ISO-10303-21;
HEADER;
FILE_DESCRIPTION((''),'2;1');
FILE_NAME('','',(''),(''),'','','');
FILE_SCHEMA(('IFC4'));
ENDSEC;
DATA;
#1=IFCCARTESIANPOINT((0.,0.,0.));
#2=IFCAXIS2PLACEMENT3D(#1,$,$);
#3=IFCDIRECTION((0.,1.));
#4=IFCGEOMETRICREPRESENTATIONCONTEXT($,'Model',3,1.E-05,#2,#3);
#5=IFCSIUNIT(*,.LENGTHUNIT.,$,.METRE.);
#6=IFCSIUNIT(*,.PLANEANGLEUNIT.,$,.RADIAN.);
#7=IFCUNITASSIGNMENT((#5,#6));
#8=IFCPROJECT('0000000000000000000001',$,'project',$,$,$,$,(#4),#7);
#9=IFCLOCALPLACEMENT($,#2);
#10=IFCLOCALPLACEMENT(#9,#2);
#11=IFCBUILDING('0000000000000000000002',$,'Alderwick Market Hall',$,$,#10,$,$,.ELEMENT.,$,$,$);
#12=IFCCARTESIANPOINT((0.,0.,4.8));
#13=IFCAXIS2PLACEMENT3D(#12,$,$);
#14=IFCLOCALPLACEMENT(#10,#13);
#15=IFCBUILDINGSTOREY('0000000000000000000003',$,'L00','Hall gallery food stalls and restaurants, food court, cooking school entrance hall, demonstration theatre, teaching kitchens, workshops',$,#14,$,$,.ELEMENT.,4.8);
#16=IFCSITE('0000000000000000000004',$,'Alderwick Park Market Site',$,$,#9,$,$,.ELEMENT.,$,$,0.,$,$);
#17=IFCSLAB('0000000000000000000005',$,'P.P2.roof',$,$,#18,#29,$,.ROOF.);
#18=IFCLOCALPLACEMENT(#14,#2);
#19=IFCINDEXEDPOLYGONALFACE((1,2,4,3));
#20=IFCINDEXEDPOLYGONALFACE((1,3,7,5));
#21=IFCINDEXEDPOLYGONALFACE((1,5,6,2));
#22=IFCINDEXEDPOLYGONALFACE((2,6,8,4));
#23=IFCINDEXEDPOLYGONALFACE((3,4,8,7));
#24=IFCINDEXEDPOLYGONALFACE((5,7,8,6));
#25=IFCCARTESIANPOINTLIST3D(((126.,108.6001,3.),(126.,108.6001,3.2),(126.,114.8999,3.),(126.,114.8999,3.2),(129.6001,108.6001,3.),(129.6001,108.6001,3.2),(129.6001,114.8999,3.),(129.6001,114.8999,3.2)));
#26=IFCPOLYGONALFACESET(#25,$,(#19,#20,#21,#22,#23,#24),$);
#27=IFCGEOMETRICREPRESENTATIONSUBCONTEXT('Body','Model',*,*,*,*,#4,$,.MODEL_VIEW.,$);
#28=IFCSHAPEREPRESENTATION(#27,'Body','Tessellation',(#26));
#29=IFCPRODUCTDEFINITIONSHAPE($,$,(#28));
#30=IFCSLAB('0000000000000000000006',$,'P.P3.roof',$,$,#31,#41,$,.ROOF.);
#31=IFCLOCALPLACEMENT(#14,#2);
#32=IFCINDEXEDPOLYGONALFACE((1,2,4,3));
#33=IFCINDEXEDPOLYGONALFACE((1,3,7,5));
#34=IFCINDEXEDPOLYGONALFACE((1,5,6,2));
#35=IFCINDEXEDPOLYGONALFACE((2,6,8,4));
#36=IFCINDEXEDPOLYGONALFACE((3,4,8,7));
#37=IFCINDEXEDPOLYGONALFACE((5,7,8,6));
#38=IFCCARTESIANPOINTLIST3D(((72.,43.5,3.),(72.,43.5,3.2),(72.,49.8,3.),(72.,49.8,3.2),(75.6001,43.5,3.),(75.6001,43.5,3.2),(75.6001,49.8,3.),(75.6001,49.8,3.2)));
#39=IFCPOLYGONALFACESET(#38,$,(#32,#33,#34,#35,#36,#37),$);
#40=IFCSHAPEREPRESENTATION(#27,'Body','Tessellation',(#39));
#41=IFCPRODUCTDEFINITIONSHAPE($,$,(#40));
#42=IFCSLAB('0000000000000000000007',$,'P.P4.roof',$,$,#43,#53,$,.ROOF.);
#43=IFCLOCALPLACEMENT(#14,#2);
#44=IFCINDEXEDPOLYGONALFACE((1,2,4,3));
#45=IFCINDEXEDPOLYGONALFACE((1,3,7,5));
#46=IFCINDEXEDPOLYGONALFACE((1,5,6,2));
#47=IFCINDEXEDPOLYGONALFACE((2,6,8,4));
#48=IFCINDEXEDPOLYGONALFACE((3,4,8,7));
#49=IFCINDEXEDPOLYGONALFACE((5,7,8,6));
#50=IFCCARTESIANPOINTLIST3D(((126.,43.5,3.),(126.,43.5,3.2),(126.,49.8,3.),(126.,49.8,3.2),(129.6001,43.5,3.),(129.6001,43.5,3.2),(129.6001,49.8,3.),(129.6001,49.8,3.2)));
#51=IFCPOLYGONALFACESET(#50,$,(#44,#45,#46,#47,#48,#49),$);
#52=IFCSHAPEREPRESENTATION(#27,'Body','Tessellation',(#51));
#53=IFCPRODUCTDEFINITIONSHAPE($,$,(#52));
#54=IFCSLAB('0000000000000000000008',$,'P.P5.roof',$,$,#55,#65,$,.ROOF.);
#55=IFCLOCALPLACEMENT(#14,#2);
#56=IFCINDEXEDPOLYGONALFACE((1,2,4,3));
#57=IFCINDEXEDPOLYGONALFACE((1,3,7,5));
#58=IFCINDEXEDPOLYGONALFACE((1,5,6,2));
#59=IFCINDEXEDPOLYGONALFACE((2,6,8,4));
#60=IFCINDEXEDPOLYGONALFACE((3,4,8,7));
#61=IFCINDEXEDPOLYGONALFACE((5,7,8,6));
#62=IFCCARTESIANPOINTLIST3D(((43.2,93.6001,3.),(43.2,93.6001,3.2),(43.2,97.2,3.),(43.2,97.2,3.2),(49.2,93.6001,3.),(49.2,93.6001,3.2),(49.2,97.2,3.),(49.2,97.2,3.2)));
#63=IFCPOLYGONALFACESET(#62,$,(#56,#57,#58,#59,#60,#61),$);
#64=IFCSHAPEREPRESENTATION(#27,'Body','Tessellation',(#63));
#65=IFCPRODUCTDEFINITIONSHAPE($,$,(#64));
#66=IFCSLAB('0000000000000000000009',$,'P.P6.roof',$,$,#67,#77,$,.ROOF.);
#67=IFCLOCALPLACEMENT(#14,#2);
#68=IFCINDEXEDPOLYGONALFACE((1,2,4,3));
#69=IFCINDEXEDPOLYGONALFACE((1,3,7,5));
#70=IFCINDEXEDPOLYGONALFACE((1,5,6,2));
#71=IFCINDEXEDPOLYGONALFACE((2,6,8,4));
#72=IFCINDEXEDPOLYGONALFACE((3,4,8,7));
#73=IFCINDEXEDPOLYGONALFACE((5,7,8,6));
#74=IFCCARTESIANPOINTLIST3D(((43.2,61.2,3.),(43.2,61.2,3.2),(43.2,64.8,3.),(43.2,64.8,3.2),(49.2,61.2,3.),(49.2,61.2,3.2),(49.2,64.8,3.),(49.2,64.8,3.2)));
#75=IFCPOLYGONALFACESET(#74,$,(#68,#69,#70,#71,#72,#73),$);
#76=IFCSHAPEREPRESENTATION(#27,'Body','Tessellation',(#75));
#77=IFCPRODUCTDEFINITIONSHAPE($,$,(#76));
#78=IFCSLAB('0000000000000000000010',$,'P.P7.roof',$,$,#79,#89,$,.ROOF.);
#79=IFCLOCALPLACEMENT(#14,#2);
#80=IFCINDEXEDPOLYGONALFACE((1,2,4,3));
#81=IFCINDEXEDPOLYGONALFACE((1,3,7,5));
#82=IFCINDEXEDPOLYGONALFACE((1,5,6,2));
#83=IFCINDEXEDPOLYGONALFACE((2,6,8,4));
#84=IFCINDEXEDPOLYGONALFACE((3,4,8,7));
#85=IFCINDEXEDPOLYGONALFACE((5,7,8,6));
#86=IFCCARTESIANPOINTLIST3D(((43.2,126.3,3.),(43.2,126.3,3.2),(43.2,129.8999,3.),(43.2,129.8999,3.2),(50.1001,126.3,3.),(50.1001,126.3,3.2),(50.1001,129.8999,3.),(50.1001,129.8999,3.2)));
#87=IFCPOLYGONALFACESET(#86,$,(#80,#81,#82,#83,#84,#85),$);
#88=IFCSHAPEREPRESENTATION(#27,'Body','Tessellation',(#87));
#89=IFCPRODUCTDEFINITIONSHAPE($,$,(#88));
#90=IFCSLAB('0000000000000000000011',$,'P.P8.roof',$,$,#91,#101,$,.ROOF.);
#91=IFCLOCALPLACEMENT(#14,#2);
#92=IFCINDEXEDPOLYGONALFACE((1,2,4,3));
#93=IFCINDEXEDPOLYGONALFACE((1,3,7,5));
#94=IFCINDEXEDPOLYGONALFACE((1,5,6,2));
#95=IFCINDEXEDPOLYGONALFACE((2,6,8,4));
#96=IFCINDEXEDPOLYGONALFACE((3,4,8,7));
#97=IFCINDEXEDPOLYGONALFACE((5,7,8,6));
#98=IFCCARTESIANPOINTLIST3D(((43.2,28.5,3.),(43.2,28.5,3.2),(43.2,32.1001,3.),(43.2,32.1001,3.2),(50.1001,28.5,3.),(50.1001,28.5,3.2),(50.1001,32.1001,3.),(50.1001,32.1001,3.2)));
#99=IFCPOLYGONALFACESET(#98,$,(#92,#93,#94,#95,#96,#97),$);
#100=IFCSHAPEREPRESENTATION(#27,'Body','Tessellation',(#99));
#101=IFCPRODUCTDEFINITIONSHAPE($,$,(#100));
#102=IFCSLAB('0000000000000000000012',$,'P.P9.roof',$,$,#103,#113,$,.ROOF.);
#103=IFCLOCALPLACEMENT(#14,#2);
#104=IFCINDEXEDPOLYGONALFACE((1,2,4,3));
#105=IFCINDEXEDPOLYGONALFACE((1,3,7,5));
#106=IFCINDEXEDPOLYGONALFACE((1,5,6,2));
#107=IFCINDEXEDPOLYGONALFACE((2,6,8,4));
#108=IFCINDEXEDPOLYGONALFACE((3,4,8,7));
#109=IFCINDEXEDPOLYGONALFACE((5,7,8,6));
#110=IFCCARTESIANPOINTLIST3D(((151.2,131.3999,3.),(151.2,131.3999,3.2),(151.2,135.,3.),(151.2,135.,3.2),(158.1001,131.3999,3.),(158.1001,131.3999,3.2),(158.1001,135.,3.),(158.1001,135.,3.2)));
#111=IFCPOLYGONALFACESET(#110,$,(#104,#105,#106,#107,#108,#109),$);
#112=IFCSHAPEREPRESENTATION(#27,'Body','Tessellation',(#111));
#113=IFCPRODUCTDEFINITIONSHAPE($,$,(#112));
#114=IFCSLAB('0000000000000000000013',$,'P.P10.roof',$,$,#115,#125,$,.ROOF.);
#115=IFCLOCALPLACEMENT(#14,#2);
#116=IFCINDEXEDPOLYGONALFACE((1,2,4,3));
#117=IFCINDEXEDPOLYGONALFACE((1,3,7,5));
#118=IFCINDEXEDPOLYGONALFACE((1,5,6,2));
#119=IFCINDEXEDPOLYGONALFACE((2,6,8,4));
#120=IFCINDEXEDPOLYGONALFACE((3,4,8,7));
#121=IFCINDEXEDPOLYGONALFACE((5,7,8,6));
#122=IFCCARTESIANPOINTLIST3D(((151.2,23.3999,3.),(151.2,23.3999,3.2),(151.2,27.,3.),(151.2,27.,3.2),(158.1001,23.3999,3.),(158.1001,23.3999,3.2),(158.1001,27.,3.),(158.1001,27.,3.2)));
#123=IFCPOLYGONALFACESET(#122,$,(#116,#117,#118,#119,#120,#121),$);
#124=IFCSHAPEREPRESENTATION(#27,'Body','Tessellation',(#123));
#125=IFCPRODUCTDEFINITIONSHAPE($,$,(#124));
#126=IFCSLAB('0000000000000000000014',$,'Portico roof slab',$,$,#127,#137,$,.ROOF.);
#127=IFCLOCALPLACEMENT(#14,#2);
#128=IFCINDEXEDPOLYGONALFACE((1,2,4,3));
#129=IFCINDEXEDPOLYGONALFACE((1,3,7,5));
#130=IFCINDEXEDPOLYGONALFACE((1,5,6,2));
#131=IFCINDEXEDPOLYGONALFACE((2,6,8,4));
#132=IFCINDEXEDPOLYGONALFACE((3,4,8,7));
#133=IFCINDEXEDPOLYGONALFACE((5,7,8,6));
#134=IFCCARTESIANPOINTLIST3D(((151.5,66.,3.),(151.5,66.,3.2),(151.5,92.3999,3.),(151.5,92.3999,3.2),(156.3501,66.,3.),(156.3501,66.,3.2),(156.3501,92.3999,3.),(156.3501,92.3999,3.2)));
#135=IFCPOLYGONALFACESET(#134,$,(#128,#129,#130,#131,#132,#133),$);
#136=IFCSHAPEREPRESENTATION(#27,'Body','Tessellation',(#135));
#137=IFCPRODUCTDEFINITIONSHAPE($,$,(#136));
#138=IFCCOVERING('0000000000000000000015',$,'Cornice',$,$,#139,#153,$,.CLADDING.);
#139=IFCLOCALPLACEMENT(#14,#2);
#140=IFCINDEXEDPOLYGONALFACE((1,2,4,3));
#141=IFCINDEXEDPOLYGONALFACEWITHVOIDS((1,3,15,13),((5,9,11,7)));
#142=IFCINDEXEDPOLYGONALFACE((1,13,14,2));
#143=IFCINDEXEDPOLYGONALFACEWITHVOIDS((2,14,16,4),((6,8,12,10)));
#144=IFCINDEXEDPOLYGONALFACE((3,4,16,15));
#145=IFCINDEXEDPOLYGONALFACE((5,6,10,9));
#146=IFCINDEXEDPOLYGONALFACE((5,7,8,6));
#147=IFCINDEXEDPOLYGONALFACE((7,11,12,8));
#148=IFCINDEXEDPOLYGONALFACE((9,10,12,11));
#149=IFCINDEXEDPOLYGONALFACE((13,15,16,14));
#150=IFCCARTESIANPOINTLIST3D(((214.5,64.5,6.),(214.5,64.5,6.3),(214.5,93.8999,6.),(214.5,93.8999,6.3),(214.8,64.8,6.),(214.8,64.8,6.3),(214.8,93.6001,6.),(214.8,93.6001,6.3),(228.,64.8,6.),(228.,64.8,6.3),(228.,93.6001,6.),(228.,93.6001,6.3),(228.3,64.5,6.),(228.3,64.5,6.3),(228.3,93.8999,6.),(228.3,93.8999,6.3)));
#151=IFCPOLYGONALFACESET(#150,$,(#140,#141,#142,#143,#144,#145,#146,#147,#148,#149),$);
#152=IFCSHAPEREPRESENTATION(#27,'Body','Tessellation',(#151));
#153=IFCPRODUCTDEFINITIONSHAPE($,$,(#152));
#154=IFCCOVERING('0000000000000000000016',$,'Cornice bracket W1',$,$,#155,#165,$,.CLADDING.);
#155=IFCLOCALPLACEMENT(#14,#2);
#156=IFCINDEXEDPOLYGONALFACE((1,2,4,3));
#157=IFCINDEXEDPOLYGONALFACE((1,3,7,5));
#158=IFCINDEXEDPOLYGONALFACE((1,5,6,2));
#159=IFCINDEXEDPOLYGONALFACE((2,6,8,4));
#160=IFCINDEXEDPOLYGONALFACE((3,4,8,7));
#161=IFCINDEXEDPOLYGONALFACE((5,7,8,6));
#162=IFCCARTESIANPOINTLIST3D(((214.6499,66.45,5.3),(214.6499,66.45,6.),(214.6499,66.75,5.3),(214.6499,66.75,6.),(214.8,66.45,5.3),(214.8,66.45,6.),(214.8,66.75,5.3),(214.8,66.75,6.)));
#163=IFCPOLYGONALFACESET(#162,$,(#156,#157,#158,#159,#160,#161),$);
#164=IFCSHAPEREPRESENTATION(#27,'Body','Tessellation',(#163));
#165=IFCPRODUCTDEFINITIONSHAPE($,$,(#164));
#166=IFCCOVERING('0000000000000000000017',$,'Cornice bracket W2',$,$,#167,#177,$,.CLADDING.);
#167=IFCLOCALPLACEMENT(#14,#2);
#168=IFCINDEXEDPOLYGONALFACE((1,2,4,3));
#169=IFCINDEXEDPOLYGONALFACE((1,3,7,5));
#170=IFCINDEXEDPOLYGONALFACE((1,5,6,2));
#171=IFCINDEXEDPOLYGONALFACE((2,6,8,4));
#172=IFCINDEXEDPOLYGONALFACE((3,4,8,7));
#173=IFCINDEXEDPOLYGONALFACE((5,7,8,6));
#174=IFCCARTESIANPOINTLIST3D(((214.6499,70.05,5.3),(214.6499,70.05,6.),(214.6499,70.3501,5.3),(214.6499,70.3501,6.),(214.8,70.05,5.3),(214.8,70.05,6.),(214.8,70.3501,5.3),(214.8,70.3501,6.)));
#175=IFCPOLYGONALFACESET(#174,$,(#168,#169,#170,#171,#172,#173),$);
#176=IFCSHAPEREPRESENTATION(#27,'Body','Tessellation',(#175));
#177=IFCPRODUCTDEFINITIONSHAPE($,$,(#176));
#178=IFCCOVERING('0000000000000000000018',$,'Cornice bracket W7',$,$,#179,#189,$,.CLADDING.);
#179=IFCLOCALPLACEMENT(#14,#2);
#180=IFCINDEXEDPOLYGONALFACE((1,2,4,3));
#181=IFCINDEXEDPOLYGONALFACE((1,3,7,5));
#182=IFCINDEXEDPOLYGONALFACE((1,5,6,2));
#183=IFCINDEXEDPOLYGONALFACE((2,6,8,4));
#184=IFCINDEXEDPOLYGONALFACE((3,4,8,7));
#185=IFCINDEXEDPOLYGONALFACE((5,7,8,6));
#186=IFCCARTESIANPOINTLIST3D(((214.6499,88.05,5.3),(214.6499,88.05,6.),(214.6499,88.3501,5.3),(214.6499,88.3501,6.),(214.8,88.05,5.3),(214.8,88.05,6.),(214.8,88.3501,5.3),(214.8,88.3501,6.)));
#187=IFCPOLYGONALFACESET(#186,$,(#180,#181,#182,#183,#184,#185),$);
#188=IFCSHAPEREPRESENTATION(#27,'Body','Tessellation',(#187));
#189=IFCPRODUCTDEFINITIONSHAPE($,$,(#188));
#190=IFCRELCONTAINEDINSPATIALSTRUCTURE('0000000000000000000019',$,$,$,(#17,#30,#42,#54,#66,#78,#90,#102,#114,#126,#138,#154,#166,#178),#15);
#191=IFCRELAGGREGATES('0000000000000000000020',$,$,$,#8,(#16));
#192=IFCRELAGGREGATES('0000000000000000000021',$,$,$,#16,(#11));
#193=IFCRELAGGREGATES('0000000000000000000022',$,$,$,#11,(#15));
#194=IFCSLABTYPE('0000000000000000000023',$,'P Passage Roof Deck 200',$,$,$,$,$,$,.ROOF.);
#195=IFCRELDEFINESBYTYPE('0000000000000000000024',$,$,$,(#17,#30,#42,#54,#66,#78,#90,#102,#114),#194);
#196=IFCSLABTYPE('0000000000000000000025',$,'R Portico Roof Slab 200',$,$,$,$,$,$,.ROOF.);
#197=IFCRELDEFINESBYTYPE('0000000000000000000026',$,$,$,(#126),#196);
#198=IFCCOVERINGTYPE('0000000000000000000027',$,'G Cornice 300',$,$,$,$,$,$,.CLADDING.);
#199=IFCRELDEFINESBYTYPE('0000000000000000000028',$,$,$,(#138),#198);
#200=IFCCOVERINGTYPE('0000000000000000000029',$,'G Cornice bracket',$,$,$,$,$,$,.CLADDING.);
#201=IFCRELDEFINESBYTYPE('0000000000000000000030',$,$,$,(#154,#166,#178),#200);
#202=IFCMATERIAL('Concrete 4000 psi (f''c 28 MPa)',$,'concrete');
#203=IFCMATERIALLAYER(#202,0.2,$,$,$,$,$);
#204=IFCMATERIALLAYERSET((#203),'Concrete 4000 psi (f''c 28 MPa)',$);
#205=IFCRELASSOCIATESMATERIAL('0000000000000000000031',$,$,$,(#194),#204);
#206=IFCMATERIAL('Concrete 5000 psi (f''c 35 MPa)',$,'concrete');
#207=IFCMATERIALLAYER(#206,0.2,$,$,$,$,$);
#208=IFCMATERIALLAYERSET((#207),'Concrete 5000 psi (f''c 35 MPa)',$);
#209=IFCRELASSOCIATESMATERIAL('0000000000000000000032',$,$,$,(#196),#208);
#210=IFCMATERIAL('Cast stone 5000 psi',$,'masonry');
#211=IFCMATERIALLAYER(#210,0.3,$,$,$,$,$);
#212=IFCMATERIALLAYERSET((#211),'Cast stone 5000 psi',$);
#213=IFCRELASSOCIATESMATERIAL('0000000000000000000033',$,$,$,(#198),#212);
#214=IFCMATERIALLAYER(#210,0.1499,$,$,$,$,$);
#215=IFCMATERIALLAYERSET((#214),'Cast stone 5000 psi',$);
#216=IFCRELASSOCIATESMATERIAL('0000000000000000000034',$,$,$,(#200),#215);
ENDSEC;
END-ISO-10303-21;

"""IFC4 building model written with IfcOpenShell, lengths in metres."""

from ifc_helpers import new_model, si_unit, direction, frame, origin, place, context, subcontext, project, spatial, polyline, outline, extrude, material, layer, layer_set, type_object, element, save


model = new_model("IFC4")

# Units and contexts
model_context = context("Model", 3, precision=1e-05, world=origin(), true_north=direction((0.0, 1.0)))
body_context = subcontext(model_context, "Body", "Model", "MODEL_VIEW")
ifc_project = project(units=[si_unit("LENGTHUNIT", "METRE"), si_unit("PLANEANGLEUNIT", "RADIAN")], contexts=[model_context])

# Site, building, storey
site_placement = place(None, origin())
site = spatial("IfcSite", under=ifc_project, at=site_placement, Name="Alderwick Park Market Site", CompositionType="ELEMENT", RefElevation=0.0)
building_placement = place(site_placement, origin())
building = spatial("IfcBuilding", under=site, at=building_placement, Name="Alderwick Market Hall", CompositionType="ELEMENT")
storey_placement = place(building_placement, frame((0.0, 0.0, 4.8)))
storey = spatial("IfcBuildingStorey", under=building, at=storey_placement, Name="L00", Description="Hall gallery food stalls and restaurants, food court, cooking school entrance hall, demonstration theatre, teaching kitchens, workshops", CompositionType="ELEMENT", Elevation=4.8)

# Shared definitions
ifc_material_1 = material(Name="Concrete 4000 psi (f'c 28 MPa)", Category="concrete")

# Shared definitions
ifc_material_2 = material(Name="Concrete 5000 psi (f'c 35 MPa)", Category="concrete")

# Slabs
ifc_layer_1 = layer(ifc_material_1, 0.2)
ifc_layer_set_1 = layer_set([ifc_layer_1], Name="Concrete 4000 psi (f'c 28 MPa)")
slab_type_1 = type_object("IfcSlabType", Name="P Passage Roof Deck 200", PredefinedType="ROOF", material=ifc_layer_set_1)
slab_1_placement = place(storey_placement, frame((0.0, 0.0, 3.0)))
element("IfcSlab", 1, at=slab_1_placement, inside=storey, type_object=slab_type_1, Name="P.P2.roof", PredefinedType="ROOF", context=body_context, shape_type="SweptSolid", body=[
    extrude(outline(polyline([(126.0, 108.6001), (129.6001, 108.6001), (129.6001, 114.8999), (126.0, 114.8999), (126.0, 108.6001)])), origin(), (0.0, 0.0, 1.0), 0.2),
])
slab_2_placement = place(storey_placement, frame((0.0, 0.0, 3.0)))
element("IfcSlab", 2, at=slab_2_placement, inside=storey, type_object=slab_type_1, Name="P.P3.roof", PredefinedType="ROOF", context=body_context, shape_type="SweptSolid", body=[
    extrude(outline(polyline([(72.0, 43.5), (75.6001, 43.5), (75.6001, 49.8), (72.0, 49.8), (72.0, 43.5)])), origin(), (0.0, 0.0, 1.0), 0.2),
])
slab_3_placement = place(storey_placement, frame((0.0, 0.0, 3.0)))
element("IfcSlab", 3, at=slab_3_placement, inside=storey, type_object=slab_type_1, Name="P.P4.roof", PredefinedType="ROOF", context=body_context, shape_type="SweptSolid", body=[
    extrude(outline(polyline([(126.0, 43.5), (129.6001, 43.5), (129.6001, 49.8), (126.0, 49.8), (126.0, 43.5)])), origin(), (0.0, 0.0, 1.0), 0.2),
])
slab_4_placement = place(storey_placement, frame((0.0, 0.0, 3.0)))
element("IfcSlab", 4, at=slab_4_placement, inside=storey, type_object=slab_type_1, Name="P.P5.roof", PredefinedType="ROOF", context=body_context, shape_type="SweptSolid", body=[
    extrude(outline(polyline([(43.2, 93.6001), (49.2, 93.6001), (49.2, 97.2), (43.2, 97.2), (43.2, 93.6001)])), origin(), (0.0, 0.0, 1.0), 0.2),
])
slab_5_placement = place(storey_placement, frame((0.0, 0.0, 3.0)))
element("IfcSlab", 5, at=slab_5_placement, inside=storey, type_object=slab_type_1, Name="P.P6.roof", PredefinedType="ROOF", context=body_context, shape_type="SweptSolid", body=[
    extrude(outline(polyline([(43.2, 61.2), (49.2, 61.2), (49.2, 64.8), (43.2, 64.8), (43.2, 61.2)])), origin(), (0.0, 0.0, 1.0), 0.2),
])
slab_6_placement = place(storey_placement, frame((0.0, 0.0, 3.0)))
element("IfcSlab", 6, at=slab_6_placement, inside=storey, type_object=slab_type_1, Name="P.P7.roof", PredefinedType="ROOF", context=body_context, shape_type="SweptSolid", body=[
    extrude(outline(polyline([(43.2, 126.3), (50.1001, 126.3), (50.1001, 129.8999), (43.2, 129.8999), (43.2, 126.3)])), origin(), (0.0, 0.0, 1.0), 0.2),
])
slab_7_placement = place(storey_placement, frame((0.0, 0.0, 3.0)))
element("IfcSlab", 7, at=slab_7_placement, inside=storey, type_object=slab_type_1, Name="P.P8.roof", PredefinedType="ROOF", context=body_context, shape_type="SweptSolid", body=[
    extrude(outline(polyline([(43.2, 28.5), (50.1001, 28.5), (50.1001, 32.1001), (43.2, 32.1001), (43.2, 28.5)])), origin(), (0.0, 0.0, 1.0), 0.2),
])
slab_8_placement = place(storey_placement, frame((0.0, 0.0, 3.0)))
element("IfcSlab", 8, at=slab_8_placement, inside=storey, type_object=slab_type_1, Name="P.P9.roof", PredefinedType="ROOF", context=body_context, shape_type="SweptSolid", body=[
    extrude(outline(polyline([(151.2, 131.3999), (158.1001, 131.3999), (158.1001, 135.0), (151.2, 135.0), (151.2, 131.3999)])), origin(), (0.0, 0.0, 1.0), 0.2),
])
slab_9_placement = place(storey_placement, frame((0.0, 0.0, 3.0)))
element("IfcSlab", 9, at=slab_9_placement, inside=storey, type_object=slab_type_1, Name="P.P10.roof", PredefinedType="ROOF", context=body_context, shape_type="SweptSolid", body=[
    extrude(outline(polyline([(151.2, 23.3999), (158.1001, 23.3999), (158.1001, 27.0), (151.2, 27.0), (151.2, 23.3999)])), origin(), (0.0, 0.0, 1.0), 0.2),
])
ifc_layer_2 = layer(ifc_material_2, 0.2)
ifc_layer_set_2 = layer_set([ifc_layer_2], Name="Concrete 5000 psi (f'c 35 MPa)")
slab_type_2 = type_object("IfcSlabType", Name="R Portico Roof Slab 200", PredefinedType="ROOF", material=ifc_layer_set_2)
slab_10_placement = place(storey_placement, frame((0.0, 0.0, 3.0)))
element("IfcSlab", 10, at=slab_10_placement, inside=storey, type_object=slab_type_2, Name="Portico roof slab", PredefinedType="ROOF", context=body_context, shape_type="SweptSolid", body=[
    extrude(outline(polyline([(151.5, 66.0), (156.3501, 66.0), (156.3501, 92.3999), (151.5, 92.3999), (151.5, 66.0)])), origin(), (0.0, 0.0, 1.0), 0.2),
])

# Coverings
ifc_material_3 = material(Name="Cast stone 5000 psi", Category="masonry")
ifc_layer_3 = layer(ifc_material_3, 0.3)
ifc_layer_set_3 = layer_set([ifc_layer_3], Name="Cast stone 5000 psi")
covering_type_1 = type_object("IfcCoveringType", Name="G Cornice 300", PredefinedType="CLADDING", material=ifc_layer_set_3)
covering_1_placement = place(storey_placement, frame((0.0, 0.0, 6.0)))
element("IfcCovering", 11, at=covering_1_placement, inside=storey, type_object=covering_type_1, Name="Cornice", PredefinedType="CLADDING", context=body_context, shape_type="SweptSolid", body=[
    extrude(outline(polyline([(214.5, 64.5), (228.3, 64.5), (228.3, 93.8999), (214.5, 93.8999), (214.5, 64.5)]), holes=[polyline([(214.8, 64.8), (228.0, 64.8), (228.0, 93.6001), (214.8, 93.6001), (214.8, 64.8)])]), origin(), (0.0, 0.0, 1.0), 0.3),
])
ifc_layer_4 = layer(ifc_material_3, 0.1499)
ifc_layer_set_4 = layer_set([ifc_layer_4], Name="Cast stone 5000 psi")
covering_type_2 = type_object("IfcCoveringType", Name="G Cornice bracket", PredefinedType="CLADDING", material=ifc_layer_set_4)
covering_2_placement = place(storey_placement, frame((0.0, 0.0, 5.3)))
element("IfcCovering", 12, at=covering_2_placement, inside=storey, type_object=covering_type_2, Name="Cornice bracket W1", PredefinedType="CLADDING", context=body_context, shape_type="SweptSolid", body=[
    extrude(outline(polyline([(214.6499, 66.45), (214.8, 66.45), (214.8, 66.75), (214.6499, 66.75), (214.6499, 66.45)])), origin(), (0.0, 0.0, 1.0), 0.7),
])
covering_3_placement = place(storey_placement, frame((0.0, 0.0, 5.3)))
element("IfcCovering", 13, at=covering_3_placement, inside=storey, type_object=covering_type_2, Name="Cornice bracket W2", PredefinedType="CLADDING", context=body_context, shape_type="SweptSolid", body=[
    extrude(outline(polyline([(214.6499, 70.05), (214.8, 70.05), (214.8, 70.3501), (214.6499, 70.3501), (214.6499, 70.05)])), origin(), (0.0, 0.0, 1.0), 0.7),
])
covering_4_placement = place(storey_placement, frame((0.0, 0.0, 5.3)))
element("IfcCovering", 14, at=covering_4_placement, inside=storey, type_object=covering_type_2, Name="Cornice bracket W7", PredefinedType="CLADDING", context=body_context, shape_type="SweptSolid", body=[
    extrude(outline(polyline([(214.6499, 88.05), (214.8, 88.05), (214.8, 88.3501), (214.6499, 88.3501), (214.6499, 88.05)])), origin(), (0.0, 0.0, 1.0), 0.7),
])

save(model, "model.ifc")
